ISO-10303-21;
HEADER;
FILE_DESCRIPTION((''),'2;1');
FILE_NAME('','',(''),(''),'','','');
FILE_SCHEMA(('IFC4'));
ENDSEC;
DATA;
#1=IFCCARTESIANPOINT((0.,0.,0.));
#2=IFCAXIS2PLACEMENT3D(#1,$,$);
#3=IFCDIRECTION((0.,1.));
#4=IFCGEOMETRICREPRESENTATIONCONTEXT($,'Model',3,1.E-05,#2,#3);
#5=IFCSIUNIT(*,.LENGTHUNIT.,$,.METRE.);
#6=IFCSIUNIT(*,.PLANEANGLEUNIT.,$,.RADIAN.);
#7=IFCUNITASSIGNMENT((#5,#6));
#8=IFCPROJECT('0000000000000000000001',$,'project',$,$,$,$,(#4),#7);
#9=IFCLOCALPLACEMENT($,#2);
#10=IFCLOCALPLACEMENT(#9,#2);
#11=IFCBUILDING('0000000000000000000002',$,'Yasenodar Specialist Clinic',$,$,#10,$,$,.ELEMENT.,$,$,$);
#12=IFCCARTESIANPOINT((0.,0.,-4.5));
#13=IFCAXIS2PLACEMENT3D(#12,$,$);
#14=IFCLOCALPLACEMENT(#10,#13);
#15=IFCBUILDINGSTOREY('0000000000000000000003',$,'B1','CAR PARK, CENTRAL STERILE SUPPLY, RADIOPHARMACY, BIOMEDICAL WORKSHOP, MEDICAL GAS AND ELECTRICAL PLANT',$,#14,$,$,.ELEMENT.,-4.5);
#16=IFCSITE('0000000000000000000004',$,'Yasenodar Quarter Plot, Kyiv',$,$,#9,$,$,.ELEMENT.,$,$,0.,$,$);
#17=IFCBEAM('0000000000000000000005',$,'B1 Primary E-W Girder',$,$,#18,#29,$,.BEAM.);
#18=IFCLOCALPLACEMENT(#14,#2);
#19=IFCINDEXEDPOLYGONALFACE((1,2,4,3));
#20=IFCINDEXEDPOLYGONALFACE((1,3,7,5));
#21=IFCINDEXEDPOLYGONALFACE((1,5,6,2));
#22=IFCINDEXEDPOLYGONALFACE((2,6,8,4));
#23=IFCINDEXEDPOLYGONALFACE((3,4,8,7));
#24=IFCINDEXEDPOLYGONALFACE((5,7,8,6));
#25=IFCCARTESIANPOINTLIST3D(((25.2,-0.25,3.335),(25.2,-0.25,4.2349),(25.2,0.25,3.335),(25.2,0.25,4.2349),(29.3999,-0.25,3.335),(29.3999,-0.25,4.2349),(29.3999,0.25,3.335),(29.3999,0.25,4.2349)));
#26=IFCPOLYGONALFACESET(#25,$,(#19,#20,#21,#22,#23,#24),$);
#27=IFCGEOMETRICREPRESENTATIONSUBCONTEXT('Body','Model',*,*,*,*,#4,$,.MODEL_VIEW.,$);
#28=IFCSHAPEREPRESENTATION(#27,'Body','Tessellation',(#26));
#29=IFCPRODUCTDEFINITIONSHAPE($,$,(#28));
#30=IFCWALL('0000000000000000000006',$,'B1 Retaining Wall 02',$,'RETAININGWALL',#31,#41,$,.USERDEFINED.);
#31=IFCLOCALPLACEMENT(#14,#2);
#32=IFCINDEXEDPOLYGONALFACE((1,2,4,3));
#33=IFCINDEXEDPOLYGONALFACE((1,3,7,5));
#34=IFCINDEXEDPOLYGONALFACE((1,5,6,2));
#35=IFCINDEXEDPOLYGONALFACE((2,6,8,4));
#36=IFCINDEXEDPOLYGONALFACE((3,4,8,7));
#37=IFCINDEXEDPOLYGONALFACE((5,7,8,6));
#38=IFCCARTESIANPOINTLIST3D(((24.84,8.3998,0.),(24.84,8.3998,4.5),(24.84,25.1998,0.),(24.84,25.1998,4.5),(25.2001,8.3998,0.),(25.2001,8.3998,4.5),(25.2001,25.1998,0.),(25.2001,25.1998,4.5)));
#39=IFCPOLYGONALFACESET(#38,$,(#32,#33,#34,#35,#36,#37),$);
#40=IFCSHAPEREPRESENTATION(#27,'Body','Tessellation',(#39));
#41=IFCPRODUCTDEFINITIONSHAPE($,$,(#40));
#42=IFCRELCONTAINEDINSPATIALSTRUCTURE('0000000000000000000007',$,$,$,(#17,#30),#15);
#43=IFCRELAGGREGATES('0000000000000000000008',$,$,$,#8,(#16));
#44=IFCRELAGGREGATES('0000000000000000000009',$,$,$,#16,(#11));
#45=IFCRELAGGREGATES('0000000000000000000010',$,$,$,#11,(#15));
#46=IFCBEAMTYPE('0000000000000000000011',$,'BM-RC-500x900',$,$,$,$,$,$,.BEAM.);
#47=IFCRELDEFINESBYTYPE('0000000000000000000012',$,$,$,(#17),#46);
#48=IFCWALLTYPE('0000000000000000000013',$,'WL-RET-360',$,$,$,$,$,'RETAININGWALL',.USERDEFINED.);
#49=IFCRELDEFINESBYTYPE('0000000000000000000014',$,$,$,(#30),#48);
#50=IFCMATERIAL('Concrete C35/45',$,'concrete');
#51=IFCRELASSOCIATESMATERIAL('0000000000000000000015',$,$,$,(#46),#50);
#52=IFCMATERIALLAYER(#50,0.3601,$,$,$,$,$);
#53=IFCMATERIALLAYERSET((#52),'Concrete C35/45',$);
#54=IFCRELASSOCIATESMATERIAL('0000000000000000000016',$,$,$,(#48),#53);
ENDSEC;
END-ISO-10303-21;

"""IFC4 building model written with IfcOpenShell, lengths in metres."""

from ifc_helpers import new_model, si_unit, direction, frame, frame_2d, origin, origin_2d, place, context, subcontext, project, spatial, rectangle, extrude, material, layer, layer_set, material_profile, profile_set, type_object, element, save


model = new_model("IFC4")

# Units and contexts
model_context = context("Model", 3, precision=1e-05, world=origin(), true_north=direction((0.0, 1.0)))
body_context = subcontext(model_context, "Body", "Model", "MODEL_VIEW")
ifc_project = project(units=[si_unit("LENGTHUNIT", "METRE"), si_unit("PLANEANGLEUNIT", "RADIAN")], contexts=[model_context])

# Site, building, storey
site_placement = place(None, origin())
site = spatial("IfcSite", under=ifc_project, at=site_placement, Name="Yasenodar Quarter Plot, Kyiv", CompositionType="ELEMENT", RefElevation=0.0)
building_placement = place(site_placement, origin())
building = spatial("IfcBuilding", under=site, at=building_placement, Name="Yasenodar Specialist Clinic", CompositionType="ELEMENT")
storey_placement = place(building_placement, frame((0.0, 0.0, -4.5)))
storey = spatial("IfcBuildingStorey", under=building, at=storey_placement, Name="B1", Description="CAR PARK, CENTRAL STERILE SUPPLY, RADIOPHARMACY, BIOMEDICAL WORKSHOP, MEDICAL GAS AND ELECTRICAL PLANT", CompositionType="ELEMENT", Elevation=-4.5)

# Shared definitions
ifc_material_1 = material(Name="Concrete C35/45", Category="concrete")

# Beam
ifc_material_profile_1 = material_profile(ifc_material_1, rectangle(XDim=0.5, YDim=0.8999, at=origin_2d()), Name="RC 500x900")
ifc_profile_set_1 = profile_set([ifc_material_profile_1], Name="Concrete C35/45")
beam_type_1 = type_object("IfcBeamType", Name="BM-RC-500x900", PredefinedType="BEAM", material=ifc_profile_set_1)
beam_1_placement = place(storey_placement, frame((25.2, 0.0, 3.7849), z_axis=(1.0, 0.0, 0.0), x_axis=(0.0, 1.0, 0.0)))
element("IfcBeam", 1, at=beam_1_placement, inside=storey, type_object=beam_type_1, Name="B1 Primary E-W Girder", PredefinedType="BEAM", context=body_context, shape_type="SweptSolid", body=[
    extrude(rectangle(XDim=0.5, YDim=0.8999, at=origin_2d()), origin(), (0.0, 0.0, 1.0), 4.2),
])

# Wall
ifc_layer = layer(ifc_material_1, 0.3601)
ifc_layer_set = layer_set([ifc_layer], Name="Concrete C35/45")
wall_type = type_object("IfcWallType", Name="WL-RET-360", ElementType="RETAININGWALL", PredefinedType="USERDEFINED", material=ifc_layer_set)
wall_placement = place(storey_placement, frame((25.02, 8.3999, 0.0), z_axis=(0.0, 0.0, 1.0), x_axis=(0.0, 1.0, 0.0)))
element("IfcWall", 2, at=wall_placement, inside=storey, type_object=wall_type, Name="B1 Retaining Wall 02", ObjectType="RETAININGWALL", PredefinedType="USERDEFINED", context=body_context, shape_type="SweptSolid", body=[
    extrude(rectangle(XDim=16.8, YDim=0.3601, at=frame_2d((8.3999, 0.0))), origin(), (0.0, 0.0, 1.0), 4.5),
])

save(model, "model.ifc")
